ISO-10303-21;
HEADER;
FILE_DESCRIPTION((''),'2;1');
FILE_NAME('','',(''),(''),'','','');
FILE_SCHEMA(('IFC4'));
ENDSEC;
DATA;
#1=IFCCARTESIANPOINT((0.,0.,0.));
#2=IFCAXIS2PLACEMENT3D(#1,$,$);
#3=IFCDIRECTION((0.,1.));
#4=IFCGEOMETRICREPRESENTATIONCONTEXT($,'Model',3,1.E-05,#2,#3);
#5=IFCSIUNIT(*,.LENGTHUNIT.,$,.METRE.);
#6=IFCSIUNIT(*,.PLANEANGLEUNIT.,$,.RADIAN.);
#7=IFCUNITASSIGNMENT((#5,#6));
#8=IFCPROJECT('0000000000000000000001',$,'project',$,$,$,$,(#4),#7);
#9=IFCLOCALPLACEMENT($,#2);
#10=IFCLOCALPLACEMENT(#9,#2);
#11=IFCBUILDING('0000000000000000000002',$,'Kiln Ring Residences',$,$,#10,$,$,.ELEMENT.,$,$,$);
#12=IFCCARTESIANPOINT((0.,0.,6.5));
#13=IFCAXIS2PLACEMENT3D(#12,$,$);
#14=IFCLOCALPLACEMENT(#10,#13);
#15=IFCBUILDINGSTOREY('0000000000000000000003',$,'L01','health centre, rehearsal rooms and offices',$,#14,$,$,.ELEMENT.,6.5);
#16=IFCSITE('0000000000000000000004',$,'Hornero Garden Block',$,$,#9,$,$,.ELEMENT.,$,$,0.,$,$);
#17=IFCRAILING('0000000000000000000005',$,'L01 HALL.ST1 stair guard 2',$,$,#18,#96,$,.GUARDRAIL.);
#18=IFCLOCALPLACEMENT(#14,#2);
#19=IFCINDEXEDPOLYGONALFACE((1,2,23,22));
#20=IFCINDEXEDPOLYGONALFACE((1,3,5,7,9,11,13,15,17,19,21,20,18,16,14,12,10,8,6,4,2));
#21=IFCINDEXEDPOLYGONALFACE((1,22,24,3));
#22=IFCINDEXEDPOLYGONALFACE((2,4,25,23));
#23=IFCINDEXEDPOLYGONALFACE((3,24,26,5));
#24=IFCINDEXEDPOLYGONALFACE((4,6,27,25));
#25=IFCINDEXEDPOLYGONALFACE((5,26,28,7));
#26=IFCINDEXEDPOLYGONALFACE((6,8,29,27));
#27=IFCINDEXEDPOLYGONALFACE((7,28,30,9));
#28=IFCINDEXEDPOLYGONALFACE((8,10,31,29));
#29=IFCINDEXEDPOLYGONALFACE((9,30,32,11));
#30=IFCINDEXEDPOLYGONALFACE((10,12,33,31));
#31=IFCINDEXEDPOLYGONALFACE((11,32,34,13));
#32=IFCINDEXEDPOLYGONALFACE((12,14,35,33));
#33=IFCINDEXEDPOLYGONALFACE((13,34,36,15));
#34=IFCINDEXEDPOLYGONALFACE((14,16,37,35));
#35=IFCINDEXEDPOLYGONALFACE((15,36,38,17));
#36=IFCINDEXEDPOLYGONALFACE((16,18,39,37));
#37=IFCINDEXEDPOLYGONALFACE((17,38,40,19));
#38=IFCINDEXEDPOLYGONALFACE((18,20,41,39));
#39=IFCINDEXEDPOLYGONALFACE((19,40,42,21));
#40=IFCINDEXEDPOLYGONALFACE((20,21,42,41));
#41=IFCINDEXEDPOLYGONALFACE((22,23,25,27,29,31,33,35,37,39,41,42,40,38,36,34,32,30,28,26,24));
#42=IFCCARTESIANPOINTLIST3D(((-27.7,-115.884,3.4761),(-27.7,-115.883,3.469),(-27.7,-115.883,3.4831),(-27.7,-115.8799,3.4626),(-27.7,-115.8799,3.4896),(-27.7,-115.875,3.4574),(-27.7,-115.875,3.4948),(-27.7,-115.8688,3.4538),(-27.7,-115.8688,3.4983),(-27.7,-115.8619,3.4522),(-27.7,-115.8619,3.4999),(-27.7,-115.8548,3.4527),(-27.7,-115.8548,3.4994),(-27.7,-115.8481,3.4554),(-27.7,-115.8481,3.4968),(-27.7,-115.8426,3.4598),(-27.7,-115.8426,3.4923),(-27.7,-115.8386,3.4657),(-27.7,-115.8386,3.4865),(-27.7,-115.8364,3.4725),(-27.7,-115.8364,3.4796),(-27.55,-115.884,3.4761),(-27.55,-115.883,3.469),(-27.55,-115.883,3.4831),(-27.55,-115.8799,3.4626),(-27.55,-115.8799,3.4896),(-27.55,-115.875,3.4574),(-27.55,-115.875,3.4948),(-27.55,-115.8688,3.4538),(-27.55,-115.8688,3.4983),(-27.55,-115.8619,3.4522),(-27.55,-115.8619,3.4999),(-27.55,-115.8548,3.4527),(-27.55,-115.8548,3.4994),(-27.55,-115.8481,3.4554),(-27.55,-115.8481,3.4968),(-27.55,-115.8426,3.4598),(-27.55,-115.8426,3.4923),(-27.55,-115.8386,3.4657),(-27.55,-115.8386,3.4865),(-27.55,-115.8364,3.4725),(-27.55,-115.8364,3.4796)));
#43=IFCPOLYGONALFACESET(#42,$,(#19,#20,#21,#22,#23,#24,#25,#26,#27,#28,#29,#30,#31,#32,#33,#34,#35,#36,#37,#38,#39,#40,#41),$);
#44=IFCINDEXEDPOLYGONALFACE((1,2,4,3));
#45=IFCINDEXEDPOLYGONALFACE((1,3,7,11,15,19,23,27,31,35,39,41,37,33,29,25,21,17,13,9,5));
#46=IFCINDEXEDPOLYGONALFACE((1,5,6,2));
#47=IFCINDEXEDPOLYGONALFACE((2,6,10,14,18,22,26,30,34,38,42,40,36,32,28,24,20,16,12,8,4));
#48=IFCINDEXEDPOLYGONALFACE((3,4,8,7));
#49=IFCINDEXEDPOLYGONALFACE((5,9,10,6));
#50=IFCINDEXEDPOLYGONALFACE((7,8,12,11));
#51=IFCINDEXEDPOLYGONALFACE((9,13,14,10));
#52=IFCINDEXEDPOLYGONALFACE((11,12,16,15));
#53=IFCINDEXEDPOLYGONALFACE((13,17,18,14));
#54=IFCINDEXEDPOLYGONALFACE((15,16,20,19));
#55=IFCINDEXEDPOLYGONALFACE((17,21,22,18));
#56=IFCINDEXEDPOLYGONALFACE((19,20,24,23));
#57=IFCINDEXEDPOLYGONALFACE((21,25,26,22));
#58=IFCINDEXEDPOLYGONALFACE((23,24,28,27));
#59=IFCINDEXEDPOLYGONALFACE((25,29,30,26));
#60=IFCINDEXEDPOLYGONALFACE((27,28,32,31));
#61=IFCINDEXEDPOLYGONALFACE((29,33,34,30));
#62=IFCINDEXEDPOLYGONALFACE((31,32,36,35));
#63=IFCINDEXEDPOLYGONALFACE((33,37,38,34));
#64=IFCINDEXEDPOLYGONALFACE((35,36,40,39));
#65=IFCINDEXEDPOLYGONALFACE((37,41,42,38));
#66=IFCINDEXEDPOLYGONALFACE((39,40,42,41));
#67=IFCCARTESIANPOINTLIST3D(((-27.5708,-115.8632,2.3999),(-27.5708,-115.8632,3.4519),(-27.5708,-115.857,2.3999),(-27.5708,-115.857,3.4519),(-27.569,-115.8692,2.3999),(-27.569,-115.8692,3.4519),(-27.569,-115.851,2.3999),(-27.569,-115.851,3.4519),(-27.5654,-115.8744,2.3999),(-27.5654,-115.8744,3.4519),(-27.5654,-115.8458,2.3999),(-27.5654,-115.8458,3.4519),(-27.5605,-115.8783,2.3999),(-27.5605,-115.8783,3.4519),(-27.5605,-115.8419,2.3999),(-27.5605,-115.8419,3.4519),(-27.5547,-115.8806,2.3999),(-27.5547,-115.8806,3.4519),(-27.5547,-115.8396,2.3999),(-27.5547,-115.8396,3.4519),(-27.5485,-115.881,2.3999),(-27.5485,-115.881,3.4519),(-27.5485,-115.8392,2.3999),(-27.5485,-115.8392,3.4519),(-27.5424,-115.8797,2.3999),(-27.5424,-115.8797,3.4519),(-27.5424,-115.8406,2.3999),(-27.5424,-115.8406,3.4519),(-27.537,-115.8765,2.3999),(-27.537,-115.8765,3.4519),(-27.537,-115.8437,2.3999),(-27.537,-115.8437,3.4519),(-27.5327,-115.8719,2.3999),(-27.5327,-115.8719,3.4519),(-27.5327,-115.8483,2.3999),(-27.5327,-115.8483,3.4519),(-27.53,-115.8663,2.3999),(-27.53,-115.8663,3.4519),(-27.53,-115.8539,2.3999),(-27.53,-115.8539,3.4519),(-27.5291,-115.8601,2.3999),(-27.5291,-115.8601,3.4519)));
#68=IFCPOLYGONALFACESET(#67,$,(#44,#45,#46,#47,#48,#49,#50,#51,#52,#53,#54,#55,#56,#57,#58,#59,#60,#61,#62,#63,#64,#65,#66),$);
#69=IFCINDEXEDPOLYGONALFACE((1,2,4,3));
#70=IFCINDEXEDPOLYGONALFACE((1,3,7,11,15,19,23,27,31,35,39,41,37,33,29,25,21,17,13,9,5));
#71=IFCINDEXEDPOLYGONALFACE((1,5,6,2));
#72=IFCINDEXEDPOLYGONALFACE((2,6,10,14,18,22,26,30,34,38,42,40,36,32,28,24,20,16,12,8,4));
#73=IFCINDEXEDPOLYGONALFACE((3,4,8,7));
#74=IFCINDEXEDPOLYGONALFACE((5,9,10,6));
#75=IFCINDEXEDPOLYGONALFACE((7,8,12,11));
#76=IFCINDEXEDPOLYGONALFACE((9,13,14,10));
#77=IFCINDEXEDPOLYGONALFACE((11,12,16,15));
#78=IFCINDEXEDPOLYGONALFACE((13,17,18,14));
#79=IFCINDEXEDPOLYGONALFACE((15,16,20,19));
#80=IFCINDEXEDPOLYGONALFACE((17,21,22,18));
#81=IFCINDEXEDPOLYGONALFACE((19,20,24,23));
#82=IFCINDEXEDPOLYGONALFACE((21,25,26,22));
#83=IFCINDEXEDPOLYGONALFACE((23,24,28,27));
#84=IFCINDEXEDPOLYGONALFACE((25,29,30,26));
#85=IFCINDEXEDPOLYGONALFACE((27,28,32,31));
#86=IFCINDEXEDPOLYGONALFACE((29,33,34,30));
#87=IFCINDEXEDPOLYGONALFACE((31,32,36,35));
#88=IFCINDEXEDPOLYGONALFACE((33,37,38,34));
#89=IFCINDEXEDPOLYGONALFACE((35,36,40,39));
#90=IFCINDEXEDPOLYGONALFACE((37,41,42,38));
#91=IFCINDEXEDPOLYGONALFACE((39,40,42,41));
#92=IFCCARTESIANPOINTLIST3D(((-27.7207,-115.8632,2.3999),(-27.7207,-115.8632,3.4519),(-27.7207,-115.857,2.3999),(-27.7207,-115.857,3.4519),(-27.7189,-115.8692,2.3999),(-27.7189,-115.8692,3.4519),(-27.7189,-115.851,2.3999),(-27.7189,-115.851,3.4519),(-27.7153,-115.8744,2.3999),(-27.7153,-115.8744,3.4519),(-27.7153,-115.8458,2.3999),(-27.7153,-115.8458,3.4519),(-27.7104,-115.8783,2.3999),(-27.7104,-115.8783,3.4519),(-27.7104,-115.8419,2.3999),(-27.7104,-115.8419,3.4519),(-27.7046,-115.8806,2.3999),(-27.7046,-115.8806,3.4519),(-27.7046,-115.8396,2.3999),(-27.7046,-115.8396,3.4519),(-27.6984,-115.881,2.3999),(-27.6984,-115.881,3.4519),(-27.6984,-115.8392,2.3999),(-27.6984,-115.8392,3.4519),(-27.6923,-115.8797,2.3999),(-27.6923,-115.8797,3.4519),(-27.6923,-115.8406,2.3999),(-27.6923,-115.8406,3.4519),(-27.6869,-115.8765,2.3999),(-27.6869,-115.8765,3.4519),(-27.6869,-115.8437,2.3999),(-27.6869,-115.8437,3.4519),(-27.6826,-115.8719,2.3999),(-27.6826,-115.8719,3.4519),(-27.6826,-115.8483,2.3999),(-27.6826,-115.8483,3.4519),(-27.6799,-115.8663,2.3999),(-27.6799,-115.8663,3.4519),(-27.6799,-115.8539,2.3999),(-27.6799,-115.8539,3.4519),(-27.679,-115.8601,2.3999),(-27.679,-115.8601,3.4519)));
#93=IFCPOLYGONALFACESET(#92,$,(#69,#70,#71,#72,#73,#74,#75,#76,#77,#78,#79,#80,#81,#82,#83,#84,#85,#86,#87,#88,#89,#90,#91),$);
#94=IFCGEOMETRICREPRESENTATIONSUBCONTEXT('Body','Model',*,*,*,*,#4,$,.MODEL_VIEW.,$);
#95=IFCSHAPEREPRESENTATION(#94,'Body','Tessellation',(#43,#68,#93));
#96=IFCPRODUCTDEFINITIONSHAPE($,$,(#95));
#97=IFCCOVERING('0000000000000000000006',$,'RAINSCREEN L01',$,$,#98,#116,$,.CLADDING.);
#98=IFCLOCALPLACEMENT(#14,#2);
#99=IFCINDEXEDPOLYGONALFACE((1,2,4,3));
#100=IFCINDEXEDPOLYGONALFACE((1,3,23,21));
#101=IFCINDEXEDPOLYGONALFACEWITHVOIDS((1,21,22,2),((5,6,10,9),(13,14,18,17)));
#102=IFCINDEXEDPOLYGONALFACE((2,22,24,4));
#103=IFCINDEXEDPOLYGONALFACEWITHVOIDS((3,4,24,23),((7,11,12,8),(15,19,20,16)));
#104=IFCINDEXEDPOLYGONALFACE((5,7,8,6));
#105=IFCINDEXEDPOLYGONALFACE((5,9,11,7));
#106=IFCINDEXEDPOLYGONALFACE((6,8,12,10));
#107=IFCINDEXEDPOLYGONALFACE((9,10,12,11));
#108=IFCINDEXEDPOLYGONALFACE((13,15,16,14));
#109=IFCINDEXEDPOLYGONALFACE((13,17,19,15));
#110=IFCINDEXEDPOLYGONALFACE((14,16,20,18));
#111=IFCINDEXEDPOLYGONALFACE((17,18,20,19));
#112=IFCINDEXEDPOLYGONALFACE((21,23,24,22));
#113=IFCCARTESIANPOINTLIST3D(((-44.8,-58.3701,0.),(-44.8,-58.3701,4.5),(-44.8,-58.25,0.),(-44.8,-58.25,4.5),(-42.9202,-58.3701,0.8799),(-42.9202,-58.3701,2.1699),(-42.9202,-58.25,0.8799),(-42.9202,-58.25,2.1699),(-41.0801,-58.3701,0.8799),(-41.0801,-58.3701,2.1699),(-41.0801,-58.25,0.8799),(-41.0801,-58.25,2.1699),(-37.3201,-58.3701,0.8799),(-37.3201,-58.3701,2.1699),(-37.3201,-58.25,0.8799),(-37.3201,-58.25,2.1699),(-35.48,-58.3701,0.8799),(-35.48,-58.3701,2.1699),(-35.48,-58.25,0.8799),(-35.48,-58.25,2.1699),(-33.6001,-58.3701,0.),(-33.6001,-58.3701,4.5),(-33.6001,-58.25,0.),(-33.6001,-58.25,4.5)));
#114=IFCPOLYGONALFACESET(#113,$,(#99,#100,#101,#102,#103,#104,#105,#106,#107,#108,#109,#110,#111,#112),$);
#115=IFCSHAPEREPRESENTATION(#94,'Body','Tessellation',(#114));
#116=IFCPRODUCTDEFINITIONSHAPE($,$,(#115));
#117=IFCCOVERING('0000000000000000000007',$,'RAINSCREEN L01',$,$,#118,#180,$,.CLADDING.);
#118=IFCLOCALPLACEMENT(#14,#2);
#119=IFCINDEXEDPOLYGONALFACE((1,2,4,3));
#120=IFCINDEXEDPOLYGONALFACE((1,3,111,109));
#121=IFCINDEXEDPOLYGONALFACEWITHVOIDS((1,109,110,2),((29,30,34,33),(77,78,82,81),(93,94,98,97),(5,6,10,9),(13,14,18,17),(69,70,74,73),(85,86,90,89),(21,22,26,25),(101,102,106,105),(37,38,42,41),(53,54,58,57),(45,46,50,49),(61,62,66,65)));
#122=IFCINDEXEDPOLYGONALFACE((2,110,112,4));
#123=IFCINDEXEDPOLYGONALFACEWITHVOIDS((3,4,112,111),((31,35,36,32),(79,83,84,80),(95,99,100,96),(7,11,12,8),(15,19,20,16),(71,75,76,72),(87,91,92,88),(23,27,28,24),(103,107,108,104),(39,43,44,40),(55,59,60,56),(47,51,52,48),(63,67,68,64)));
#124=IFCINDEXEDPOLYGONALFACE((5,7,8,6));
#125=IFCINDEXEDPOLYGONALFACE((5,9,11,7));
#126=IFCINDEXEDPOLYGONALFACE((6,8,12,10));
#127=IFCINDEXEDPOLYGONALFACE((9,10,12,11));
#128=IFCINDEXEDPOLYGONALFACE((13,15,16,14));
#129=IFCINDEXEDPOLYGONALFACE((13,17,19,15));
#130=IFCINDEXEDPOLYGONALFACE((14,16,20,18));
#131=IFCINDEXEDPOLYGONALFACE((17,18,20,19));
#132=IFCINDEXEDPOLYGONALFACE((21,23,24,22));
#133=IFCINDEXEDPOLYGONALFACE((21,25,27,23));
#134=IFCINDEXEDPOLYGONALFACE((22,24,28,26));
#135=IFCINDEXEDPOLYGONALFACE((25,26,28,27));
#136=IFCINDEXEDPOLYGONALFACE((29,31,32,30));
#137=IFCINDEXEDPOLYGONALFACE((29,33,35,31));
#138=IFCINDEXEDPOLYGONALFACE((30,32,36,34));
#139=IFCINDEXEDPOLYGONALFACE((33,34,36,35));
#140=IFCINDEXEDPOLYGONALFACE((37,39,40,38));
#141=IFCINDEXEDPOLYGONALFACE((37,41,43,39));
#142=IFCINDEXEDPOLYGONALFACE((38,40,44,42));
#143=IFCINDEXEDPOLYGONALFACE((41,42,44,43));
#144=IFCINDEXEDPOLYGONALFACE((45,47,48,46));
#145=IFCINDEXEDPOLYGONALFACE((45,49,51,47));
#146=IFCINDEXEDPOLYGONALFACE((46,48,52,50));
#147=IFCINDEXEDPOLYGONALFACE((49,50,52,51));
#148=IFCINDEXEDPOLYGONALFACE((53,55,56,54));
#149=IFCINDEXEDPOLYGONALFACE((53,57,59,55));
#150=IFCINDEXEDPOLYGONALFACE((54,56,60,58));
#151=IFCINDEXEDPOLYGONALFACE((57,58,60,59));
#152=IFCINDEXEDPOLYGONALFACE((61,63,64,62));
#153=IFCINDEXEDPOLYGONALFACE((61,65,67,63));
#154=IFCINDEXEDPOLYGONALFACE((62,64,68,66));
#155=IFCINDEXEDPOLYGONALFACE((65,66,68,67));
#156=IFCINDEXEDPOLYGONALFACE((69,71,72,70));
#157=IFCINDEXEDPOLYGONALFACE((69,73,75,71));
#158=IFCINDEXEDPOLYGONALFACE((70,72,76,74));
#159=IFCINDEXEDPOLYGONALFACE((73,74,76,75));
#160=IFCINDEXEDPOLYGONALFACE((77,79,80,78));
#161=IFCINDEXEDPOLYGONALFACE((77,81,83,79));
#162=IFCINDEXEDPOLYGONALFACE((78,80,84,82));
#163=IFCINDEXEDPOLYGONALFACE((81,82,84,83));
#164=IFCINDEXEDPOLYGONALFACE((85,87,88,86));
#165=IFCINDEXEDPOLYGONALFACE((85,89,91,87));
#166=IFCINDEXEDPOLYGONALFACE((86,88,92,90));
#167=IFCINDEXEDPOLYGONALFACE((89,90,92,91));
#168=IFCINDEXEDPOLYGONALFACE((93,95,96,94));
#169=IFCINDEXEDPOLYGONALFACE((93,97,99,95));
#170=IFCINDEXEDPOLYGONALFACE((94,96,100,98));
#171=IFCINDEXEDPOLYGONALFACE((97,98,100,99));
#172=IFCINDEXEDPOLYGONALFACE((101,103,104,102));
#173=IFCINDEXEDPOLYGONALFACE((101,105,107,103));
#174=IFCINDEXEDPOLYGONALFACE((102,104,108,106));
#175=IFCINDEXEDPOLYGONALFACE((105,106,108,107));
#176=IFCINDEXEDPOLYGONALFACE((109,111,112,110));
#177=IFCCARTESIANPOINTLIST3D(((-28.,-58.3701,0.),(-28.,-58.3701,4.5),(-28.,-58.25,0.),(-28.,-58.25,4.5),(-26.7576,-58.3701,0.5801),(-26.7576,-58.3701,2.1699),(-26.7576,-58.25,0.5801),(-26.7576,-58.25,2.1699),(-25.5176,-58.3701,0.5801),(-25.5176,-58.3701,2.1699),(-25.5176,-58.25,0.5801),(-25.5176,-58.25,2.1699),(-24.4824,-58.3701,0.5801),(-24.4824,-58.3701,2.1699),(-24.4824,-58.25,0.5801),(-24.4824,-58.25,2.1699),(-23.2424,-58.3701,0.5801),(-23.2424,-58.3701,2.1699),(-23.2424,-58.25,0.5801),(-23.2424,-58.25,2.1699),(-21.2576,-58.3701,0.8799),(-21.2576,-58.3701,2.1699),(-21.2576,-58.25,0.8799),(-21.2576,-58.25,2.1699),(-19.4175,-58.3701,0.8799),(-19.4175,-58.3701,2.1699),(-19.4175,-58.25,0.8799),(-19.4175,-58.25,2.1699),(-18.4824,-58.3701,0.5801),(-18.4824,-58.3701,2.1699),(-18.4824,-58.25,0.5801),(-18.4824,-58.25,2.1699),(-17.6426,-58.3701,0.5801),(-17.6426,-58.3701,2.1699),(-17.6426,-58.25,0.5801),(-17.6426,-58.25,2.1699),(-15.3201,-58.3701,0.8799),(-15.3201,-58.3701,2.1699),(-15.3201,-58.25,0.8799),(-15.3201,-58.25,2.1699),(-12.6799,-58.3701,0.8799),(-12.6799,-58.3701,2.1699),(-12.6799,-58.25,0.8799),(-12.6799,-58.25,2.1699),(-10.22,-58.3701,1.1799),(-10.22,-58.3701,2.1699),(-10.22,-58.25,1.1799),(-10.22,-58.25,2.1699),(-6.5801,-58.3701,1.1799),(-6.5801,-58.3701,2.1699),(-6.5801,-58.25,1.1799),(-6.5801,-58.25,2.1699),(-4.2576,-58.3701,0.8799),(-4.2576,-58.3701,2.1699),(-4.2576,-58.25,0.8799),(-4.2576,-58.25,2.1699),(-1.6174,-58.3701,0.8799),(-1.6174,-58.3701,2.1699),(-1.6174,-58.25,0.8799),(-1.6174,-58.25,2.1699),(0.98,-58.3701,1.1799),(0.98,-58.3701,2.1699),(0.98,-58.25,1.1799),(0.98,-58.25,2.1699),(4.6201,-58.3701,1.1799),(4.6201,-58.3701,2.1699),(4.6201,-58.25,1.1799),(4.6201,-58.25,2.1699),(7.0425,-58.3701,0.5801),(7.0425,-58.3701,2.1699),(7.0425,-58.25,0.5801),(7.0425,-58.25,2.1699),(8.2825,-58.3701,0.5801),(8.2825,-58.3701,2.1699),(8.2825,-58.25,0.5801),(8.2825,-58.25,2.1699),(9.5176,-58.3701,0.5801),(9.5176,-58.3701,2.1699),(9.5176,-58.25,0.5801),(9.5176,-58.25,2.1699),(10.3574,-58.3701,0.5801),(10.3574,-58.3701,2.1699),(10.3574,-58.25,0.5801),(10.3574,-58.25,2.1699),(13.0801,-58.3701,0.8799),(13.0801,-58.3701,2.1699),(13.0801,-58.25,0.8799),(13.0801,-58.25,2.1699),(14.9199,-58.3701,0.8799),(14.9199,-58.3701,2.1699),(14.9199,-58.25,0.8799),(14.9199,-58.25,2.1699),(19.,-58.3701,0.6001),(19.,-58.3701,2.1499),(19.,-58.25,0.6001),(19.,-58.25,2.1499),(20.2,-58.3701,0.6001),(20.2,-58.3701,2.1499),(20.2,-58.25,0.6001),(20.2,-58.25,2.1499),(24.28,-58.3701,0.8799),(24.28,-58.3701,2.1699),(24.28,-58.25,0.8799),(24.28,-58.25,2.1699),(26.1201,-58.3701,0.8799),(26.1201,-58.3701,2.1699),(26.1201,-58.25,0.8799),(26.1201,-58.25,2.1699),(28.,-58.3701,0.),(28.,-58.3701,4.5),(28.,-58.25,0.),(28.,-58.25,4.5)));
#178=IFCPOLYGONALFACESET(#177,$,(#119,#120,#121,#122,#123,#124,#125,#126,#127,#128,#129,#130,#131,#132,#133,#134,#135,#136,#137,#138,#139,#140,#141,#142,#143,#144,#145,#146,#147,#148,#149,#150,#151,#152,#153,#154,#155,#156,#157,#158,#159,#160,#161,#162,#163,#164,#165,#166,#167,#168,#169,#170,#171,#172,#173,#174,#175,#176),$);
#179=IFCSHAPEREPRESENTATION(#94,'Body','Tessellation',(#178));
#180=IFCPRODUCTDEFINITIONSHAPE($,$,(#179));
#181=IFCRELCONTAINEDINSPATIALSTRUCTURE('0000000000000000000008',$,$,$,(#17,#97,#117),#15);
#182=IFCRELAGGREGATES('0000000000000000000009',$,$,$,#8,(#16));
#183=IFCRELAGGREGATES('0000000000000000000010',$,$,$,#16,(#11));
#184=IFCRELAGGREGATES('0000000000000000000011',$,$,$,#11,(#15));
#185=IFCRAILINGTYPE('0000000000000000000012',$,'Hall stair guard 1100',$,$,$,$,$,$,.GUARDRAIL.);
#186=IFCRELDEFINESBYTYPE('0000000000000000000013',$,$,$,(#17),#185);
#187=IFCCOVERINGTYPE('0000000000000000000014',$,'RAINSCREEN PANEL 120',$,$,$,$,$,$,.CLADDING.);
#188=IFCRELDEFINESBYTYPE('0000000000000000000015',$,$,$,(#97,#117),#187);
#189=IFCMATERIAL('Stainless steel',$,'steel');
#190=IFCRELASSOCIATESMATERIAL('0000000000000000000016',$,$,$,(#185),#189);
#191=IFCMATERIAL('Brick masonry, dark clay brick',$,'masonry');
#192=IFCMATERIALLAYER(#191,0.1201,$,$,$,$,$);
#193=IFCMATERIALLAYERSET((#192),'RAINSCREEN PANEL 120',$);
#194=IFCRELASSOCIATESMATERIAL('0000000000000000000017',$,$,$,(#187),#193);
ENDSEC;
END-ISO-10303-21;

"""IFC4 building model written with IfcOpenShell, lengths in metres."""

from ifc_helpers import new_model, si_unit, direction, frame, origin, origin_2d, place, context, subcontext, project, spatial, polyline, circle, outline, extrude, material, layer, layer_set, type_object, element, save


model = new_model("IFC4")

# Units and contexts
model_context = context("Model", 3, precision=1e-05, world=origin(), true_north=direction((0.0, 1.0)))
body_context = subcontext(model_context, "Body", "Model", "MODEL_VIEW")
ifc_project = project(units=[si_unit("LENGTHUNIT", "METRE"), si_unit("PLANEANGLEUNIT", "RADIAN")], contexts=[model_context])

# Site, building, storey
site_placement = place(None, origin())
site = spatial("IfcSite", under=ifc_project, at=site_placement, Name="Hornero Garden Block", CompositionType="ELEMENT", RefElevation=0.0)
building_placement = place(site_placement, origin())
building = spatial("IfcBuilding", under=site, at=building_placement, Name="Kiln Ring Residences", CompositionType="ELEMENT")
storey_placement = place(building_placement, frame((0.0, 0.0, 6.5)))
storey = spatial("IfcBuildingStorey", under=building, at=storey_placement, Name="L01", Description="health centre, rehearsal rooms and offices", CompositionType="ELEMENT", Elevation=6.5)

# Railing
ifc_material_1 = material(Name="Stainless steel", Category="steel")
railing_type = type_object("IfcRailingType", Name="Hall stair guard 1100", PredefinedType="GUARDRAIL", material=ifc_material_1)
railing_placement = place(storey_placement, frame((-27.55, -115.8601, 2.3999)))
element("IfcRailing", 1, at=railing_placement, inside=storey, type_object=railing_type, Name="L01 HALL.ST1 stair guard 2", PredefinedType="GUARDRAIL", context=body_context, shape_type="SweptSolid", body=[
    extrude(circle(Radius=0.0239, at=origin_2d()), frame((0.0, 0.0, 1.0762), z_axis=(-1.0, 0.0, 0.0), x_axis=(0.0, -1.0, 0.0)), (0.0, 0.0, 1.0), 0.1499),
    extrude(circle(Radius=0.021, at=origin_2d()), origin(), (0.0, 0.0, 1.0), 1.052),
    extrude(circle(Radius=0.021, at=origin_2d()), frame((-0.1499, 0.0, 0.0)), (0.0, 0.0, 1.0), 1.052),
])

# Coverings
ifc_material_2 = material(Name="Brick masonry, dark clay brick", Category="masonry")
ifc_layer_1 = layer(ifc_material_2, 0.1201)
ifc_layer_set_1 = layer_set([ifc_layer_1], Name="RAINSCREEN PANEL 120")
covering_type = type_object("IfcCoveringType", Name="RAINSCREEN PANEL 120", PredefinedType="CLADDING", material=ifc_layer_set_1)
covering_1_placement = place(storey_placement, frame((-44.8, -58.3101, 0.0), z_axis=(0.0, 0.0, 1.0), x_axis=(1.0, 0.0, 0.0)))
element("IfcCovering", 2, at=covering_1_placement, inside=storey, type_object=covering_type, Name="RAINSCREEN L01", PredefinedType="CLADDING", context=body_context, shape_type="SweptSolid", body=[
    extrude(outline(polyline([(0.0, 0.0), (11.2, 0.0), (11.2, 4.5), (0.0, 4.5), (0.0, 0.0)]), holes=[polyline([(3.72, 2.1699), (1.8799, 2.1699), (1.8799, 0.8799), (3.72, 0.8799), (3.72, 2.1699)]), polyline([(9.3201, 2.1699), (7.48, 2.1699), (7.48, 0.8799), (9.3201, 0.8799), (9.3201, 2.1699)])]), frame((0.0, 0.0601, 0.0), z_axis=(0.0, -1.0, 0.0), x_axis=(1.0, 0.0, 0.0)), (0.0, 0.0, 1.0), 0.1201),
])
covering_2_placement = place(storey_placement, frame((-28.0, -58.3101, 0.0), z_axis=(0.0, 0.0, 1.0), x_axis=(1.0, 0.0, 0.0)))
element("IfcCovering", 3, at=covering_2_placement, inside=storey, type_object=covering_type, Name="RAINSCREEN L01", PredefinedType="CLADDING", context=body_context, shape_type="SweptSolid", body=[
    extrude(outline(polyline([(0.0, 0.0), (56.0, 0.0), (56.0, 4.5), (0.0, 4.5), (0.0, 0.0)]), holes=[polyline([(1.2424, 0.5801), (2.4824, 0.5801), (2.4824, 2.1699), (1.2424, 2.1699), (1.2424, 0.5801)]), polyline([(3.5176, 2.1699), (3.5176, 0.5801), (4.7576, 0.5801), (4.7576, 2.1699), (3.5176, 2.1699)]), polyline([(9.5176, 2.1699), (9.5176, 0.5801), (10.3574, 0.5801), (10.3574, 2.1699), (9.5176, 2.1699)]), polyline([(6.7424, 0.8799), (8.5825, 0.8799), (8.5825, 2.1699), (6.7424, 2.1699), (6.7424, 0.8799)]), polyline([(12.6799, 2.1699), (12.6799, 0.8799), (15.3201, 0.8799), (15.3201, 2.1699), (12.6799, 2.1699)]), polyline([(23.7424, 2.1699), (23.7424, 0.8799), (26.3826, 0.8799), (26.3826, 2.1699), (23.7424, 2.1699)]), polyline([(17.78, 1.1799), (21.4199, 1.1799), (21.4199, 2.1699), (17.78, 2.1699), (17.78, 1.1799)]), polyline([(35.0425, 2.1699), (35.0425, 0.5801), (36.2825, 0.5801), (36.2825, 2.1699), (35.0425, 2.1699)]), polyline([(37.5176, 2.1699), (37.5176, 0.5801), (38.3574, 0.5801), (38.3574, 2.1699), (37.5176, 2.1699)]), polyline([(47.0, 2.1499), (47.0, 0.6001), (48.2, 0.6001), (48.2, 2.1499), (47.0, 2.1499)]), polyline([(41.0801, 2.1699), (41.0801, 0.8799), (42.9199, 0.8799), (42.9199, 2.1699), (41.0801, 2.1699)]), polyline([(52.28, 2.1699), (52.28, 0.8799), (54.1201, 0.8799), (54.1201, 2.1699), (52.28, 2.1699)]), polyline([(28.98, 2.1699), (28.98, 1.1799), (32.6201, 1.1799), (32.6201, 2.1699), (28.98, 2.1699)])]), frame((0.0, 0.0601, 0.0), z_axis=(0.0, -1.0, 0.0), x_axis=(1.0, 0.0, 0.0)), (0.0, 0.0, 1.0), 0.1201),
])

save(model, "model.ifc")
